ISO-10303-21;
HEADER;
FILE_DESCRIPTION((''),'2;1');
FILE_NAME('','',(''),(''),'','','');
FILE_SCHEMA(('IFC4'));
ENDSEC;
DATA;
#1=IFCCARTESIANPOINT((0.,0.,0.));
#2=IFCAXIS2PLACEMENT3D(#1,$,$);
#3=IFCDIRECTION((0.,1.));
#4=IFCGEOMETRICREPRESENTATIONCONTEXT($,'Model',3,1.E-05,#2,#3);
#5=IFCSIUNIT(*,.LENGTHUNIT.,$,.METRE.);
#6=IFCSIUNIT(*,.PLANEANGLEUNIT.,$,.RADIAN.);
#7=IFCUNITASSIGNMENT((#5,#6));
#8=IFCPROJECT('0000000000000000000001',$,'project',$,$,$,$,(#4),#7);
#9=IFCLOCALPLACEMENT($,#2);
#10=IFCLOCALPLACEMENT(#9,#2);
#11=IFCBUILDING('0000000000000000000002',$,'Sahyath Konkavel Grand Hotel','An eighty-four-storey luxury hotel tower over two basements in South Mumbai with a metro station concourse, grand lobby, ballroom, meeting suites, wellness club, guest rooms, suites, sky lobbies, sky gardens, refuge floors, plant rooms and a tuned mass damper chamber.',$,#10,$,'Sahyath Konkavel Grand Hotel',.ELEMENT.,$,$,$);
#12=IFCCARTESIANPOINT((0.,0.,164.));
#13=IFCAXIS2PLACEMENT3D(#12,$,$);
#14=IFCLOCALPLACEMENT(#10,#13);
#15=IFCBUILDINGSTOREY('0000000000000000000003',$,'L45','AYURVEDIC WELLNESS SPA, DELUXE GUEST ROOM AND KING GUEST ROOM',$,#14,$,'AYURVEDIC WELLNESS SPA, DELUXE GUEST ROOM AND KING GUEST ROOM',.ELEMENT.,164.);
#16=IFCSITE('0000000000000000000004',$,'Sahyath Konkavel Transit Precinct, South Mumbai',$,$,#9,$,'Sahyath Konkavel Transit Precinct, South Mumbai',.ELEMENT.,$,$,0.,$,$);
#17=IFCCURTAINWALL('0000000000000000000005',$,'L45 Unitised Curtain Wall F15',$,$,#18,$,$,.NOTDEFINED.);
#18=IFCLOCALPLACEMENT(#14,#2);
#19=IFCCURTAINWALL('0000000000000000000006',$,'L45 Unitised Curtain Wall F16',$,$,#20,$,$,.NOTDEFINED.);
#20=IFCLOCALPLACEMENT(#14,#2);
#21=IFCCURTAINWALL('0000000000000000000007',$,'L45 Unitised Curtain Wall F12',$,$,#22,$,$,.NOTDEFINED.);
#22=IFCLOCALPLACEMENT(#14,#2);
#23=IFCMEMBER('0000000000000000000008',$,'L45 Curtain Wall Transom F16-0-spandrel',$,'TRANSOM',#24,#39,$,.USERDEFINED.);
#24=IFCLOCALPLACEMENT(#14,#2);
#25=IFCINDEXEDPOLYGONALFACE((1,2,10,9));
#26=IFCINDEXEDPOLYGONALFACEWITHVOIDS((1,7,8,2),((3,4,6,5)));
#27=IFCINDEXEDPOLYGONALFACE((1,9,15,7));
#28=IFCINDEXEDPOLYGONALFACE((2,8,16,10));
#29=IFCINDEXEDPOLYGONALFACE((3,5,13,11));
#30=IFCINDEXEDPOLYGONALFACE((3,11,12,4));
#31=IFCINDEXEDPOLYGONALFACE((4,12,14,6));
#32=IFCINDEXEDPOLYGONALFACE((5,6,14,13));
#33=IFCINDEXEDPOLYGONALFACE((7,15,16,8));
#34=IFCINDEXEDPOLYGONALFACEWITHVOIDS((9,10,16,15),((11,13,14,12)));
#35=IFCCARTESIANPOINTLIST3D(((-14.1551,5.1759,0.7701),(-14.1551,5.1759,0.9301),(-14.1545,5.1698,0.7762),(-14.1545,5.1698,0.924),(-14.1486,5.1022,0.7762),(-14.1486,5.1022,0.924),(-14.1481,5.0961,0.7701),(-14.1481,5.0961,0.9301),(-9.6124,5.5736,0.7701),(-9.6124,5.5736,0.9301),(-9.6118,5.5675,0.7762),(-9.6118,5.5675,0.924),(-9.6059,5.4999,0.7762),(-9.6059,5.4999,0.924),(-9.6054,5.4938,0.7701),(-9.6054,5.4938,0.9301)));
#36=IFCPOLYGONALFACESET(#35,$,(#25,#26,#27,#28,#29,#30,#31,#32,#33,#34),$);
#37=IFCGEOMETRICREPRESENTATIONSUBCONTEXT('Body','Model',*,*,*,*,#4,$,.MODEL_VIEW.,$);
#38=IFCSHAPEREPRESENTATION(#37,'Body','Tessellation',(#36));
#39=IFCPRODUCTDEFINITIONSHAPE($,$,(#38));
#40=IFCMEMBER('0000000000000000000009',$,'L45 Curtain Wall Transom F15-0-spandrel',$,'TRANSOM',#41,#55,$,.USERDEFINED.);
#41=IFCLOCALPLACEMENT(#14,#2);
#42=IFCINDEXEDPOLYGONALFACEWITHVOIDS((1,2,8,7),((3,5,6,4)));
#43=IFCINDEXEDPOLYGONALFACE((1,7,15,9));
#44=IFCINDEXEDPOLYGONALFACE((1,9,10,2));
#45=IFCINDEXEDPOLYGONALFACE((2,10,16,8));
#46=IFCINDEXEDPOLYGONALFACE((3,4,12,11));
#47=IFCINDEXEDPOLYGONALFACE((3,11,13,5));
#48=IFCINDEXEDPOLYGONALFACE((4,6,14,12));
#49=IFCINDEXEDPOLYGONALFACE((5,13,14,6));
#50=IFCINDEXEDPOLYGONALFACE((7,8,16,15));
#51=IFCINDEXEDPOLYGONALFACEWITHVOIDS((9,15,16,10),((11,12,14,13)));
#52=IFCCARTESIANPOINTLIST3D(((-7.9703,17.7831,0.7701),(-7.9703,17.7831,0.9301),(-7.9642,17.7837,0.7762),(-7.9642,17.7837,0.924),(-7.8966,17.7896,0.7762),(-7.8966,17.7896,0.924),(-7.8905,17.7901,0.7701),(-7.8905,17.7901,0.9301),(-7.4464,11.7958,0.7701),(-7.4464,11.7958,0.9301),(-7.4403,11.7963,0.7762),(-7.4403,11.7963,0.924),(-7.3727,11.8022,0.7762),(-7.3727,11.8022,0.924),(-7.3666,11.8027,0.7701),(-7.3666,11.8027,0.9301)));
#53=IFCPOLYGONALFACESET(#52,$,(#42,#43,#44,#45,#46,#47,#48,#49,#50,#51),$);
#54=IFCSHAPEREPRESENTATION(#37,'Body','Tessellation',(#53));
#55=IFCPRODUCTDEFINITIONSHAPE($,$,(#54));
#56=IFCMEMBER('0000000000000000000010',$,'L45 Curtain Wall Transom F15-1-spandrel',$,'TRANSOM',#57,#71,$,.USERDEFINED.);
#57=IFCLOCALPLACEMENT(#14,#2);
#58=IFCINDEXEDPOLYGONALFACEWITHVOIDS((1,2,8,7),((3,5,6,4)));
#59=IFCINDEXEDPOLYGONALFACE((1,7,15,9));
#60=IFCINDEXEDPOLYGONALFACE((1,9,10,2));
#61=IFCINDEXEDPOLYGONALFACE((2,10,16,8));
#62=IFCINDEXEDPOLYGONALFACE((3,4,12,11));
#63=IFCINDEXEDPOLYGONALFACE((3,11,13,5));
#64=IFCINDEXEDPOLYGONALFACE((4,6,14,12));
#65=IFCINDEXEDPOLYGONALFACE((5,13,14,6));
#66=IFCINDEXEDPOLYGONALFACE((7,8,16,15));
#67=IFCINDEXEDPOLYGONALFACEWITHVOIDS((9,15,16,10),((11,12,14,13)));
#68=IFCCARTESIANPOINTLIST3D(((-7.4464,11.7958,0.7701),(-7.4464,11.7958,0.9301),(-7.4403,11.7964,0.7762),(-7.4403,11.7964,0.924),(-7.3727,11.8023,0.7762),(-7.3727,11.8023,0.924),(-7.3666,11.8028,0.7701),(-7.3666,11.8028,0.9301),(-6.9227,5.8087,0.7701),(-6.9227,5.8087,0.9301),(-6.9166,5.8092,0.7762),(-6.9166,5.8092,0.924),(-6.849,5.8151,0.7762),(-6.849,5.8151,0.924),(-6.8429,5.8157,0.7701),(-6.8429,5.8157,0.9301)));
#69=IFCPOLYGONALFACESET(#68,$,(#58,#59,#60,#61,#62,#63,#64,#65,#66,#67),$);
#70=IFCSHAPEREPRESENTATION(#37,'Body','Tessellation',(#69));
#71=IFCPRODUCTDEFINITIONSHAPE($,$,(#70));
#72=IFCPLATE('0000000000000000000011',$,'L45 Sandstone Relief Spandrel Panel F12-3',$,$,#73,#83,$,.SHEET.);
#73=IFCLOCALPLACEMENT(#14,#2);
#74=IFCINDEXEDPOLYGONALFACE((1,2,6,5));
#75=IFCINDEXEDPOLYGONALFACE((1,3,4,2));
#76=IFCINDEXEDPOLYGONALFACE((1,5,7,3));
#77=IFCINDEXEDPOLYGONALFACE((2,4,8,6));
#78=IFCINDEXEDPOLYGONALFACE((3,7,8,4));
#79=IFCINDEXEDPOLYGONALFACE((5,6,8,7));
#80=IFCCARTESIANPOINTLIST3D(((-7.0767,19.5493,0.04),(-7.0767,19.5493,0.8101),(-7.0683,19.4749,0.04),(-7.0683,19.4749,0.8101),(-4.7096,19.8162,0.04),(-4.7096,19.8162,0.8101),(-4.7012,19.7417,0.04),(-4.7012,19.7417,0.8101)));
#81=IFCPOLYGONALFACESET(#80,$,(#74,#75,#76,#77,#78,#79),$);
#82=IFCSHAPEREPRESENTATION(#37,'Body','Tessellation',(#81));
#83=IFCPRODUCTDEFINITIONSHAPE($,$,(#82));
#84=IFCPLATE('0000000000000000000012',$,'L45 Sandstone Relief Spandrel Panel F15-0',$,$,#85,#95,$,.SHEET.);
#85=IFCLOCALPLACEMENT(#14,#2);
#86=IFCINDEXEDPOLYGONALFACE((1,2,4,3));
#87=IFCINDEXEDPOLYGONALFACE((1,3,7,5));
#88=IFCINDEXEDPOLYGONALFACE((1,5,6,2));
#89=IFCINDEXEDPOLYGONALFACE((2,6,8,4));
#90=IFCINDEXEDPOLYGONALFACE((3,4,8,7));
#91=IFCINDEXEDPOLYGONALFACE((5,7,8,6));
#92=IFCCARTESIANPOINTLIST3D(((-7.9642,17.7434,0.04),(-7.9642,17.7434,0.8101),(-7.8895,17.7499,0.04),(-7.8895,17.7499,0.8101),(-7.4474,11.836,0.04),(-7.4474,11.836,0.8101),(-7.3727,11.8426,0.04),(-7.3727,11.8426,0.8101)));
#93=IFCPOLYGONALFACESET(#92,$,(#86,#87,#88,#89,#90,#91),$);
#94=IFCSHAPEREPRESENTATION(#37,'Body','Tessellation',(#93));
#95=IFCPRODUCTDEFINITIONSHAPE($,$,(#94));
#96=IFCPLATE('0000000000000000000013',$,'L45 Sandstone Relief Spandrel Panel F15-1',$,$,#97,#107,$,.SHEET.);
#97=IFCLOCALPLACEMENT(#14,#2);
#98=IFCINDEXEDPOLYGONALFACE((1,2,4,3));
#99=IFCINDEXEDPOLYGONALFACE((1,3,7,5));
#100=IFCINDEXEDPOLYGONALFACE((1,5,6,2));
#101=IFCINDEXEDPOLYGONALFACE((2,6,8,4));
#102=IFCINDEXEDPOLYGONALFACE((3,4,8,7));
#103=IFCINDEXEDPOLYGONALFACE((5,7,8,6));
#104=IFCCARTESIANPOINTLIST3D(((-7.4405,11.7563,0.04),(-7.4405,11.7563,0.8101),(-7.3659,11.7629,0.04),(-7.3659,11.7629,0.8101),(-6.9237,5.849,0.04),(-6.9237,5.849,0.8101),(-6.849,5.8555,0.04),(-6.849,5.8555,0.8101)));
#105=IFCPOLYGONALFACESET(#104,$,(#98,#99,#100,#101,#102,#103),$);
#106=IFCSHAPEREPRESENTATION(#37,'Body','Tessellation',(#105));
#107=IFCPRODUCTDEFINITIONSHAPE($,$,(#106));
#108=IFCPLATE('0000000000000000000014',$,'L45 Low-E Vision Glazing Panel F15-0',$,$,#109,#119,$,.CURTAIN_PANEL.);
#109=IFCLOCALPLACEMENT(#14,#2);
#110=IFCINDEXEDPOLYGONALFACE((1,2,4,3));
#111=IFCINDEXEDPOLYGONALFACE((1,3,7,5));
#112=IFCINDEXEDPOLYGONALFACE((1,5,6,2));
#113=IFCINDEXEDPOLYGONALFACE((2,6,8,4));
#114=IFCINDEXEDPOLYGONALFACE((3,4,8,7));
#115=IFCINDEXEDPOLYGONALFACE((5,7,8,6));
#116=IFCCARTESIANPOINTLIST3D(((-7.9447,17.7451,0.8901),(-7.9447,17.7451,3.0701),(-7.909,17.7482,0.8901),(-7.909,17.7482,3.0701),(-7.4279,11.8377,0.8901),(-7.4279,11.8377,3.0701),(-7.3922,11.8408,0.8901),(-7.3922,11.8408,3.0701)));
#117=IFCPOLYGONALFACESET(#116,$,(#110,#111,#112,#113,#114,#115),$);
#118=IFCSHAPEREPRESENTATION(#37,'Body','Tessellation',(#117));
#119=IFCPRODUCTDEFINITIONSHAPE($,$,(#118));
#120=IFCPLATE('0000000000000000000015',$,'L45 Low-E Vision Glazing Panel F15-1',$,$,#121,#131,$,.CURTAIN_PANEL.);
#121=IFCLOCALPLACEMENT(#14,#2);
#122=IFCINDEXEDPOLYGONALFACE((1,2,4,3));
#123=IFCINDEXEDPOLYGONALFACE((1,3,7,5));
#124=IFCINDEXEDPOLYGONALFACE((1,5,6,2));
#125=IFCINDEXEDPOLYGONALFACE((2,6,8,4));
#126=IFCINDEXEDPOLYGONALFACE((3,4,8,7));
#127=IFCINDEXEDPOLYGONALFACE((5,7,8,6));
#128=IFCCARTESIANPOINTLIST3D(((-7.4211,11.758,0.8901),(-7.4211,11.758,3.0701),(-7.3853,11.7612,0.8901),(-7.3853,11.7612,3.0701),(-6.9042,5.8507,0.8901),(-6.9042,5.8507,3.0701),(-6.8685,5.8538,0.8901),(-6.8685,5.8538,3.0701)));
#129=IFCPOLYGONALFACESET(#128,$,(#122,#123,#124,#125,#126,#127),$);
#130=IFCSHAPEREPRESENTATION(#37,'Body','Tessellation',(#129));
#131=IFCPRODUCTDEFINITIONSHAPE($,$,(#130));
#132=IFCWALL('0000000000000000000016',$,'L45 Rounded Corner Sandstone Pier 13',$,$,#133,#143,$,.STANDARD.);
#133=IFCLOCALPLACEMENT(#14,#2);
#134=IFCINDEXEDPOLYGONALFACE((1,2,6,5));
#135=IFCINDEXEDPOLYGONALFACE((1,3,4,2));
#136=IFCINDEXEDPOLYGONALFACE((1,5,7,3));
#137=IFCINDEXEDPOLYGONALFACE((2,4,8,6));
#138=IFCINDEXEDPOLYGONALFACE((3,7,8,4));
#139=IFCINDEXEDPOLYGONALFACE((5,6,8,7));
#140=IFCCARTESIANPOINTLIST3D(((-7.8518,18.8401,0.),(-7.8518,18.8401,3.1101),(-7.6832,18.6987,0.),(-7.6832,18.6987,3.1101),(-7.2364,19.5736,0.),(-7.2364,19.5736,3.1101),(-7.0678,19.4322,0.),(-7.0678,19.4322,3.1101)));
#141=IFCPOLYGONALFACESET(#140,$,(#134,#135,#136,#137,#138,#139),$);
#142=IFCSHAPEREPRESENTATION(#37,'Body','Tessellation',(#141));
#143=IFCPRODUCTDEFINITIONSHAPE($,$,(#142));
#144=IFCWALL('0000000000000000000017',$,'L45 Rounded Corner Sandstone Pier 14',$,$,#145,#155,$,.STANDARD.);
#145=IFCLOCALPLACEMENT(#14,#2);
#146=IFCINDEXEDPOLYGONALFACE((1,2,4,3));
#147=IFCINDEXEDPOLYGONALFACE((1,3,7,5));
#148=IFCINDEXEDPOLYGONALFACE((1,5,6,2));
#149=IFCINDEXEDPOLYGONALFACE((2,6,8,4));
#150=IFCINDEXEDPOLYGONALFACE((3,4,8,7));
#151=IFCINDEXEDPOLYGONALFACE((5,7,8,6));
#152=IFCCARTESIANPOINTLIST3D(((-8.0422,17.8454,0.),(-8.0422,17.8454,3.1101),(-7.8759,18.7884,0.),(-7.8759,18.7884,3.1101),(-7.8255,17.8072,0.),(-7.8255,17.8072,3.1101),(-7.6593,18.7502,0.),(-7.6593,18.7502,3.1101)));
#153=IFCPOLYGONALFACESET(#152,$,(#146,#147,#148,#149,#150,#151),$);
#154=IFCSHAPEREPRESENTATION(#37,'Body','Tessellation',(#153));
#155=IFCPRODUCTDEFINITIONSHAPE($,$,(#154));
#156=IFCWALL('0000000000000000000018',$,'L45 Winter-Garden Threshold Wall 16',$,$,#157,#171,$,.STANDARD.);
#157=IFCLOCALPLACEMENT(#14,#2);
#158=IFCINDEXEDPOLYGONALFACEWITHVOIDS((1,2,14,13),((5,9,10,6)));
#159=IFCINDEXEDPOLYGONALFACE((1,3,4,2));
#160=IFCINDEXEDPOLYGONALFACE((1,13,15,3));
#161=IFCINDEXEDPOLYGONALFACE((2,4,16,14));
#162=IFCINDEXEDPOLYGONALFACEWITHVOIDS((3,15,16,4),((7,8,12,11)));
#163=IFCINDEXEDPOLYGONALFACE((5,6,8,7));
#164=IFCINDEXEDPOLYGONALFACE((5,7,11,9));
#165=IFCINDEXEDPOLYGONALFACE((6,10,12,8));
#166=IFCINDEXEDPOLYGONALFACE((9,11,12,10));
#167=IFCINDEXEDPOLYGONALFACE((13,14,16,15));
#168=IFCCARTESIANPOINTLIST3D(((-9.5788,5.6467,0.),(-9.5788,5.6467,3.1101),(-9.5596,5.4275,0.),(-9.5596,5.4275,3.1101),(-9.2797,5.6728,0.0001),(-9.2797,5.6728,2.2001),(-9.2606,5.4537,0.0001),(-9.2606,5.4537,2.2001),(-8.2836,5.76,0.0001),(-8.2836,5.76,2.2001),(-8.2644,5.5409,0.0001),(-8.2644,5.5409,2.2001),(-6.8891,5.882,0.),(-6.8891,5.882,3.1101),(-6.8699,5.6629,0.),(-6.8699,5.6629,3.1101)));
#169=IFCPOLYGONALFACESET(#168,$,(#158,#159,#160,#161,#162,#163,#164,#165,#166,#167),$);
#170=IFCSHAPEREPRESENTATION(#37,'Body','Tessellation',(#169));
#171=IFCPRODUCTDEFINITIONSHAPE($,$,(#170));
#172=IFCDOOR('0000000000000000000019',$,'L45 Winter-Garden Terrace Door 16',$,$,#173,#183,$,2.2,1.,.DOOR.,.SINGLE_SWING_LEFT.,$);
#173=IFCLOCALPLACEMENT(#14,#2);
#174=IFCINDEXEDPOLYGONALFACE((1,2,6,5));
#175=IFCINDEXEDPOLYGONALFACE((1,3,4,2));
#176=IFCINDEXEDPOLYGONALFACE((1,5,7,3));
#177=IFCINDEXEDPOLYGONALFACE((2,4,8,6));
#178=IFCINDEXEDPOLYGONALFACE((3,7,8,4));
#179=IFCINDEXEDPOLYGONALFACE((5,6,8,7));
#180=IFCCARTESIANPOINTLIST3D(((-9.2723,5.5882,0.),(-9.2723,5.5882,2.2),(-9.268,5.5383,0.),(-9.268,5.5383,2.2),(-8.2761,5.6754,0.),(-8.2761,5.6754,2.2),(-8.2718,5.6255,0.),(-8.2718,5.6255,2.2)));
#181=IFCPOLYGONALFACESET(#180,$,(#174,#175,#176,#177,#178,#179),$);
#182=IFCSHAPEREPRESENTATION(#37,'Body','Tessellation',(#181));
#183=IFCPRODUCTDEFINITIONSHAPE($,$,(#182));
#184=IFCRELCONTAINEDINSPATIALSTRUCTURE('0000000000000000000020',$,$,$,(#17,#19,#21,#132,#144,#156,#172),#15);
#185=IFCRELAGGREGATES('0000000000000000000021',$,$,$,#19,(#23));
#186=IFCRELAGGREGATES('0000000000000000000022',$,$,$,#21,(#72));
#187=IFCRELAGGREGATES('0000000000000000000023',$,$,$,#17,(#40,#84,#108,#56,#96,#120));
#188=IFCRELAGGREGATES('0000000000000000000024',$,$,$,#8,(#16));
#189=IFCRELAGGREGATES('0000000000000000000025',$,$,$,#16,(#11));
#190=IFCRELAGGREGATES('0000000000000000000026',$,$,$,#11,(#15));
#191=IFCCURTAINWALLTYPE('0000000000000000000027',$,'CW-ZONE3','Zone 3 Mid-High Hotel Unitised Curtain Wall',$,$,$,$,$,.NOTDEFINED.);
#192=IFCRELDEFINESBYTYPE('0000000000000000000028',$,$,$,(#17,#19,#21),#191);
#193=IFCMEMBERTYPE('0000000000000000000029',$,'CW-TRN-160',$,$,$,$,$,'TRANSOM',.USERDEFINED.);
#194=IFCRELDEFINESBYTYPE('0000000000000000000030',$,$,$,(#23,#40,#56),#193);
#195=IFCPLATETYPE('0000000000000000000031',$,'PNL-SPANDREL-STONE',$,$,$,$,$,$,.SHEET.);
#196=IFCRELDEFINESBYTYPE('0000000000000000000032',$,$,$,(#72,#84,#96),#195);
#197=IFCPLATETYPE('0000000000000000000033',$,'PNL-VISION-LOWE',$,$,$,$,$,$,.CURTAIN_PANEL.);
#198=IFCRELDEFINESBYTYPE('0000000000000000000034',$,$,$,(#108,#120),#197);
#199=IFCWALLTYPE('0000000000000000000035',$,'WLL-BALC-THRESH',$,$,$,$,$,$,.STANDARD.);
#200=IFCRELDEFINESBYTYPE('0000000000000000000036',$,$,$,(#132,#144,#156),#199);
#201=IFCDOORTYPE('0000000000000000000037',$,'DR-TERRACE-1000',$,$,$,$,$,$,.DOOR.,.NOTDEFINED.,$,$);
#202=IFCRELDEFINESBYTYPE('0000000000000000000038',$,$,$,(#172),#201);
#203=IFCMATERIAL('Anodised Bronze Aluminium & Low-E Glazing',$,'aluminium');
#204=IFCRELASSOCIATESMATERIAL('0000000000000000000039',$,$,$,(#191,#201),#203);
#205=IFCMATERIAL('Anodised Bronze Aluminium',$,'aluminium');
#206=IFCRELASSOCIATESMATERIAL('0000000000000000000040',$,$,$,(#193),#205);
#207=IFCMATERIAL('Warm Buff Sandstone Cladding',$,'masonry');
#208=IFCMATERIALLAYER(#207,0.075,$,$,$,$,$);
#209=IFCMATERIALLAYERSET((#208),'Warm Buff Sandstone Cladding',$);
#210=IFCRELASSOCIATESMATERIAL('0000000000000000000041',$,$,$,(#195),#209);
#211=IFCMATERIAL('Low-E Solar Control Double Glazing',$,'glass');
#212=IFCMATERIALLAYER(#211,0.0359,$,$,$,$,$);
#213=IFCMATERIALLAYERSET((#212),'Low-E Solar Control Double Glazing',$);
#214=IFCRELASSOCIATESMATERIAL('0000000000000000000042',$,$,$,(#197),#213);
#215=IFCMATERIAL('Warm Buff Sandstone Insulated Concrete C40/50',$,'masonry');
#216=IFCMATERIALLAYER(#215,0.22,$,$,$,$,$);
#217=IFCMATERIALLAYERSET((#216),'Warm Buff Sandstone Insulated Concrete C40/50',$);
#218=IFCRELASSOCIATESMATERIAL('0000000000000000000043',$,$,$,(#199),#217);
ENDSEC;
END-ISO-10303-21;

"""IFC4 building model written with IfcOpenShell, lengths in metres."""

from ifc_helpers import new_model, si_unit, direction, frame, frame_2d, origin, origin_2d, place, context, subcontext, project, spatial, rectangle, hollow_rectangle, extrude, source, transform, mapped, material, layer, layer_set, material_profile, profile_set, type_object, element, fill, aggregate, save


model = new_model("IFC4")

# Units and contexts
model_context = context("Model", 3, precision=1e-05, world=origin(), true_north=direction((0.0, 1.0)))
body_context = subcontext(model_context, "Body", "Model", "MODEL_VIEW")
ifc_project = project(units=[si_unit("LENGTHUNIT", "METRE"), si_unit("PLANEANGLEUNIT", "RADIAN")], contexts=[model_context])

# Site, building, storey
site_placement = place(None, origin())
site = spatial("IfcSite", under=ifc_project, at=site_placement, Name="Sahyath Konkavel Transit Precinct, South Mumbai", LongName="Sahyath Konkavel Transit Precinct, South Mumbai", CompositionType="ELEMENT", RefElevation=0.0)
building_placement = place(site_placement, origin())
building = spatial("IfcBuilding", under=site, at=building_placement, Name="Sahyath Konkavel Grand Hotel", Description="An eighty-four-storey luxury hotel tower over two basements in South Mumbai with a metro station concourse, grand lobby, ballroom, meeting suites, wellness club, guest rooms, suites, sky lobbies, sky gardens, refuge floors, plant rooms and a tuned mass damper chamber.", LongName="Sahyath Konkavel Grand Hotel", CompositionType="ELEMENT")
storey_placement = place(building_placement, frame((0.0, 0.0, 164.0)))
storey = spatial("IfcBuildingStorey", under=building, at=storey_placement, Name="L45", Description="AYURVEDIC WELLNESS SPA, DELUXE GUEST ROOM AND KING GUEST ROOM", LongName="AYURVEDIC WELLNESS SPA, DELUXE GUEST ROOM AND KING GUEST ROOM", CompositionType="ELEMENT", Elevation=164.0)

# Curtain walls
ifc_material_1 = material(Name="Anodised Bronze Aluminium & Low-E Glazing", Category="aluminium")
curtain_wall_type = type_object("IfcCurtainWallType", Name="CW-ZONE3", Description="Zone 3 Mid-High Hotel Unitised Curtain Wall", PredefinedType="NOTDEFINED", material=ifc_material_1)
curtain_wall_1_placement = place(storey_placement, origin())
curtain_wall_1 = element("IfcCurtainWall", 1, at=curtain_wall_1_placement, inside=storey, type_object=curtain_wall_type, Name="L45 Unitised Curtain Wall F15", PredefinedType="NOTDEFINED")
curtain_wall_2_placement = place(storey_placement, origin())
curtain_wall_2 = element("IfcCurtainWall", 2, at=curtain_wall_2_placement, inside=storey, type_object=curtain_wall_type, Name="L45 Unitised Curtain Wall F16", PredefinedType="NOTDEFINED")
curtain_wall_3_placement = place(storey_placement, origin())
curtain_wall_3 = element("IfcCurtainWall", 3, at=curtain_wall_3_placement, inside=storey, type_object=curtain_wall_type, Name="L45 Unitised Curtain Wall F12", PredefinedType="NOTDEFINED")
ifc_material_2 = material(Name="Anodised Bronze Aluminium", Category="aluminium")

# Members
ifc_material_profile_1 = material_profile(ifc_material_2, hollow_rectangle(XDim=0.0801, YDim=0.1599, WallThickness=0.0061, at=origin_2d()), Name="RHS 160x80x6")
ifc_profile_set_1 = profile_set([ifc_material_profile_1], Name="Anodised Bronze Aluminium")
member_type_1 = type_object("IfcMemberType", Name="CW-TRN-160", ElementType="TRANSOM", PredefinedType="USERDEFINED", material=ifc_profile_set_1)
shared_shape_1 = source(origin(), body_context, "Body", "SweptSolid", [
    extrude(hollow_rectangle(XDim=0.0801, YDim=0.1599, WallThickness=0.0061, at=origin_2d()), origin(), (0.0, 0.0, 1.0), 4.5601),
])
member_1_placement = place(storey_placement, frame((-9.6089, 5.5337, 0.8501), z_axis=(-0.99619, -0.087214, 0.0), x_axis=(0.087214, -0.99619, 0.0)))
member_1 = element("IfcMember", 4, at=member_1_placement, type_object=member_type_1, Name="L45 Curtain Wall Transom F16-0-spandrel", ObjectType="TRANSOM", PredefinedType="USERDEFINED", context=body_context, shape_type="MappedRepresentation", body=[
    mapped(shared_shape_1, transform((0.0, 0.0, 0.0), scale=1.0)),
])
aggregate(curtain_wall_2, [member_1])
shared_shape_2 = source(origin(), body_context, "Body", "SweptSolid", [
    extrude(hollow_rectangle(XDim=0.0801, YDim=0.1599, WallThickness=0.0061, at=origin_2d()), origin(), (0.0, 0.0, 1.0), 6.0103),
])
member_2_placement = place(storey_placement, frame((-7.9304, 17.7866, 0.8501), z_axis=(0.087173, -0.996193, 0.0), x_axis=(0.996193, 0.087173, 0.0)))
member_2 = element("IfcMember", 5, at=member_2_placement, type_object=member_type_1, Name="L45 Curtain Wall Transom F15-0-spandrel", ObjectType="TRANSOM", PredefinedType="USERDEFINED", context=body_context, shape_type="MappedRepresentation", body=[
    mapped(shared_shape_2, transform((0.0, 0.0, 0.0), scale=1.0)),
])
shared_shape_3 = source(origin(), body_context, "Body", "SweptSolid", [
    extrude(hollow_rectangle(XDim=0.0801, YDim=0.1599, WallThickness=0.0061, at=origin_2d()), origin(), (0.0, 0.0, 1.0), 6.01),
])
member_3_placement = place(storey_placement, frame((-7.4065, 11.7993, 0.8501), z_axis=(0.087136, -0.996196, 0.0), x_axis=(0.996196, 0.087136, 0.0)))
member_3 = element("IfcMember", 6, at=member_3_placement, type_object=member_type_1, Name="L45 Curtain Wall Transom F15-1-spandrel", ObjectType="TRANSOM", PredefinedType="USERDEFINED", context=body_context, shape_type="MappedRepresentation", body=[
    mapped(shared_shape_3, transform((0.0, 0.0, 0.0), scale=1.0)),
])

# Plates
ifc_material_3 = material(Name="Warm Buff Sandstone Cladding", Category="masonry")
ifc_layer_1 = layer(ifc_material_3, 0.075)
ifc_layer_set_1 = layer_set([ifc_layer_1], Name="Warm Buff Sandstone Cladding")
plate_type_1 = type_object("IfcPlateType", Name="PNL-SPANDREL-STONE", PredefinedType="SHEET", material=ifc_layer_set_1)
shared_shape_4 = source(origin(), body_context, "Body", "SweptSolid", [
    extrude(rectangle(XDim=2.3821, YDim=0.075, at=origin_2d()), origin(), (0.0, 0.0, 1.0), 0.77),
])
plate_1_placement = place(storey_placement, frame((-5.8889, 19.6455, 0.04), z_axis=(0.0, 0.0, 1.0), x_axis=(-0.993707, -0.112007, 0.0)))
plate_1 = element("IfcPlate", 7, at=plate_1_placement, type_object=plate_type_1, Name="L45 Sandstone Relief Spandrel Panel F12-3", PredefinedType="SHEET", context=body_context, shape_type="MappedRepresentation", body=[
    mapped(shared_shape_4, transform((0.0, 0.0, 0.0), scale=1.0)),
])
aggregate(curtain_wall_3, [plate_1])
shared_shape_5 = source(origin(), body_context, "Body", "SweptSolid", [
    extrude(rectangle(XDim=5.9299, YDim=0.075, at=origin_2d()), origin(), (0.0, 0.0, 1.0), 0.77),
])
plate_2_placement = place(storey_placement, frame((-7.6685, 14.793, 0.04), z_axis=(0.0, 0.0, 1.0), x_axis=(0.087156, -0.996195, 0.0)))
plate_2 = element("IfcPlate", 8, at=plate_2_placement, type_object=plate_type_1, Name="L45 Sandstone Relief Spandrel Panel F15-0", PredefinedType="SHEET", context=body_context, shape_type="MappedRepresentation", body=[
    mapped(shared_shape_5, transform((0.0, 0.0, 0.0), scale=1.0)),
])
plate_3_placement = place(storey_placement, frame((-7.1448, 8.8059, 0.04), z_axis=(0.0, 0.0, 1.0), x_axis=(0.087156, -0.996195, 0.0)))
plate_3 = element("IfcPlate", 9, at=plate_3_placement, type_object=plate_type_1, Name="L45 Sandstone Relief Spandrel Panel F15-1", PredefinedType="SHEET", context=body_context, shape_type="MappedRepresentation", body=[
    mapped(shared_shape_5, transform((0.0, 0.0, 0.0), scale=1.0)),
])
ifc_material_4 = material(Name="Low-E Solar Control Double Glazing", Category="glass")
ifc_layer_2 = layer(ifc_material_4, 0.0359)
ifc_layer_set_2 = layer_set([ifc_layer_2], Name="Low-E Solar Control Double Glazing")
plate_type_2 = type_object("IfcPlateType", Name="PNL-VISION-LOWE", PredefinedType="CURTAIN_PANEL", material=ifc_layer_set_2)
shared_shape_6 = source(origin(), body_context, "Body", "SweptSolid", [
    extrude(rectangle(XDim=5.9299, YDim=0.0359, at=origin_2d()), origin(), (0.0, 0.0, 1.0), 2.1799),
])
plate_4_placement = place(storey_placement, frame((-7.6685, 14.793, 0.8901), z_axis=(0.0, 0.0, 1.0), x_axis=(0.087156, -0.996195, 0.0)))
plate_4 = element("IfcPlate", 10, at=plate_4_placement, type_object=plate_type_2, Name="L45 Low-E Vision Glazing Panel F15-0", PredefinedType="CURTAIN_PANEL", context=body_context, shape_type="MappedRepresentation", body=[
    mapped(shared_shape_6, transform((0.0, 0.0, 0.0), scale=1.0)),
])
plate_5_placement = place(storey_placement, frame((-7.1448, 8.8059, 0.8901), z_axis=(0.0, 0.0, 1.0), x_axis=(0.087156, -0.996195, 0.0)))
plate_5 = element("IfcPlate", 11, at=plate_5_placement, type_object=plate_type_2, Name="L45 Low-E Vision Glazing Panel F15-1", PredefinedType="CURTAIN_PANEL", context=body_context, shape_type="MappedRepresentation", body=[
    mapped(shared_shape_6, transform((0.0, 0.0, 0.0), scale=1.0)),
])
aggregate(curtain_wall_1, [member_2, plate_2, plate_4, member_3, plate_3, plate_5])

# Walls
ifc_material_5 = material(Name="Warm Buff Sandstone Insulated Concrete C40/50", Category="masonry")
ifc_layer_3 = layer(ifc_material_5, 0.22)
ifc_layer_set_3 = layer_set([ifc_layer_3], Name="Warm Buff Sandstone Insulated Concrete C40/50")
wall_type_1 = type_object("IfcWallType", Name="WLL-BALC-THRESH", PredefinedType="STANDARD", material=ifc_layer_set_3)
for number, where, z_axis, x_axis, name in (
    (12, (-7.1521, 19.5029, 0.0), (0.0, 0.0, 1.0), (-0.642714, -0.766107, 0.0), "L45 Rounded Corner Sandstone Pier 13"),
    (13, (-7.7676, 18.7693, 0.0), (0.0, 0.0, 1.0), (-0.173654, -0.984807, 0.0), "L45 Rounded Corner Sandstone Pier 14"),
):
    element("IfcWall", number, at=place(storey_placement, frame(where, z_axis=z_axis, x_axis=x_axis)), inside=storey, type_object=wall_type_1, Name=name, PredefinedType="STANDARD", context=body_context, shape_type="SweptSolid", body=[
        extrude(rectangle(XDim=0.9575, YDim=0.22, at=frame_2d((0.4788, 0.0))), origin(), (0.0, 0.0, 1.0), 3.1101),
    ])

# Wall, opening, door
wall_1_placement = place(storey_placement, frame((-6.8794, 5.7725, 0.0), z_axis=(0.0, 0.0, 1.0), x_axis=(-0.996194, -0.087168, 0.0)))
wall_1 = element("IfcWall", 14, at=wall_1_placement, inside=storey, type_object=wall_type_1, Name="L45 Winter-Garden Threshold Wall 16", PredefinedType="STANDARD", context=body_context, shape_type="SweptSolid", body=[
    extrude(rectangle(XDim=2.7, YDim=0.22, at=frame_2d((1.3501, 0.0))), origin(), (0.0, 0.0, 1.0), 3.1101),
])
opening_1_placement = place(wall_1_placement, frame((1.3999, 0.0, 0.0)))
opening_1 = element("IfcOpeningElement", 15, at=opening_1_placement, cuts=wall_1, PredefinedType="OPENING", context=body_context, shape_type="SweptSolid", body=[
    extrude(rectangle(XDim=1.0, YDim=2.2, at=frame_2d((0.5, 1.1001))), frame((0.0, 0.1201, 0.0), z_axis=(0.0, -1.0, 0.0), x_axis=(1.0, 0.0, 0.0)), (0.0, 0.0, 1.0), 0.24),
])
door_type_1 = type_object("IfcDoorType", Name="DR-TERRACE-1000", OperationType="NOTDEFINED", PredefinedType="DOOR", material=ifc_material_1)
shared_shape_7 = source(origin(), body_context, "Body", "SweptSolid", [
    extrude(rectangle(XDim=1.0, YDim=0.05, at=origin_2d()), origin(), (0.0, 0.0, 1.0), 2.2),
])
door_1_placement = place(opening_1_placement, frame((0.5, 0.0, 0.0)))
door_1 = element("IfcDoor", 16, at=door_1_placement, inside=storey, type_object=door_type_1, Name="L45 Winter-Garden Terrace Door 16", OperationType="SINGLE_SWING_LEFT", OverallHeight=2.2, OverallWidth=1.0, PredefinedType="DOOR", context=body_context, shape_type="MappedRepresentation", body=[
    mapped(shared_shape_7, transform((0.0, 0.0, 0.0), scale=1.0)),
])
fill(opening_1, door_1)

save(model, "model.ifc")
